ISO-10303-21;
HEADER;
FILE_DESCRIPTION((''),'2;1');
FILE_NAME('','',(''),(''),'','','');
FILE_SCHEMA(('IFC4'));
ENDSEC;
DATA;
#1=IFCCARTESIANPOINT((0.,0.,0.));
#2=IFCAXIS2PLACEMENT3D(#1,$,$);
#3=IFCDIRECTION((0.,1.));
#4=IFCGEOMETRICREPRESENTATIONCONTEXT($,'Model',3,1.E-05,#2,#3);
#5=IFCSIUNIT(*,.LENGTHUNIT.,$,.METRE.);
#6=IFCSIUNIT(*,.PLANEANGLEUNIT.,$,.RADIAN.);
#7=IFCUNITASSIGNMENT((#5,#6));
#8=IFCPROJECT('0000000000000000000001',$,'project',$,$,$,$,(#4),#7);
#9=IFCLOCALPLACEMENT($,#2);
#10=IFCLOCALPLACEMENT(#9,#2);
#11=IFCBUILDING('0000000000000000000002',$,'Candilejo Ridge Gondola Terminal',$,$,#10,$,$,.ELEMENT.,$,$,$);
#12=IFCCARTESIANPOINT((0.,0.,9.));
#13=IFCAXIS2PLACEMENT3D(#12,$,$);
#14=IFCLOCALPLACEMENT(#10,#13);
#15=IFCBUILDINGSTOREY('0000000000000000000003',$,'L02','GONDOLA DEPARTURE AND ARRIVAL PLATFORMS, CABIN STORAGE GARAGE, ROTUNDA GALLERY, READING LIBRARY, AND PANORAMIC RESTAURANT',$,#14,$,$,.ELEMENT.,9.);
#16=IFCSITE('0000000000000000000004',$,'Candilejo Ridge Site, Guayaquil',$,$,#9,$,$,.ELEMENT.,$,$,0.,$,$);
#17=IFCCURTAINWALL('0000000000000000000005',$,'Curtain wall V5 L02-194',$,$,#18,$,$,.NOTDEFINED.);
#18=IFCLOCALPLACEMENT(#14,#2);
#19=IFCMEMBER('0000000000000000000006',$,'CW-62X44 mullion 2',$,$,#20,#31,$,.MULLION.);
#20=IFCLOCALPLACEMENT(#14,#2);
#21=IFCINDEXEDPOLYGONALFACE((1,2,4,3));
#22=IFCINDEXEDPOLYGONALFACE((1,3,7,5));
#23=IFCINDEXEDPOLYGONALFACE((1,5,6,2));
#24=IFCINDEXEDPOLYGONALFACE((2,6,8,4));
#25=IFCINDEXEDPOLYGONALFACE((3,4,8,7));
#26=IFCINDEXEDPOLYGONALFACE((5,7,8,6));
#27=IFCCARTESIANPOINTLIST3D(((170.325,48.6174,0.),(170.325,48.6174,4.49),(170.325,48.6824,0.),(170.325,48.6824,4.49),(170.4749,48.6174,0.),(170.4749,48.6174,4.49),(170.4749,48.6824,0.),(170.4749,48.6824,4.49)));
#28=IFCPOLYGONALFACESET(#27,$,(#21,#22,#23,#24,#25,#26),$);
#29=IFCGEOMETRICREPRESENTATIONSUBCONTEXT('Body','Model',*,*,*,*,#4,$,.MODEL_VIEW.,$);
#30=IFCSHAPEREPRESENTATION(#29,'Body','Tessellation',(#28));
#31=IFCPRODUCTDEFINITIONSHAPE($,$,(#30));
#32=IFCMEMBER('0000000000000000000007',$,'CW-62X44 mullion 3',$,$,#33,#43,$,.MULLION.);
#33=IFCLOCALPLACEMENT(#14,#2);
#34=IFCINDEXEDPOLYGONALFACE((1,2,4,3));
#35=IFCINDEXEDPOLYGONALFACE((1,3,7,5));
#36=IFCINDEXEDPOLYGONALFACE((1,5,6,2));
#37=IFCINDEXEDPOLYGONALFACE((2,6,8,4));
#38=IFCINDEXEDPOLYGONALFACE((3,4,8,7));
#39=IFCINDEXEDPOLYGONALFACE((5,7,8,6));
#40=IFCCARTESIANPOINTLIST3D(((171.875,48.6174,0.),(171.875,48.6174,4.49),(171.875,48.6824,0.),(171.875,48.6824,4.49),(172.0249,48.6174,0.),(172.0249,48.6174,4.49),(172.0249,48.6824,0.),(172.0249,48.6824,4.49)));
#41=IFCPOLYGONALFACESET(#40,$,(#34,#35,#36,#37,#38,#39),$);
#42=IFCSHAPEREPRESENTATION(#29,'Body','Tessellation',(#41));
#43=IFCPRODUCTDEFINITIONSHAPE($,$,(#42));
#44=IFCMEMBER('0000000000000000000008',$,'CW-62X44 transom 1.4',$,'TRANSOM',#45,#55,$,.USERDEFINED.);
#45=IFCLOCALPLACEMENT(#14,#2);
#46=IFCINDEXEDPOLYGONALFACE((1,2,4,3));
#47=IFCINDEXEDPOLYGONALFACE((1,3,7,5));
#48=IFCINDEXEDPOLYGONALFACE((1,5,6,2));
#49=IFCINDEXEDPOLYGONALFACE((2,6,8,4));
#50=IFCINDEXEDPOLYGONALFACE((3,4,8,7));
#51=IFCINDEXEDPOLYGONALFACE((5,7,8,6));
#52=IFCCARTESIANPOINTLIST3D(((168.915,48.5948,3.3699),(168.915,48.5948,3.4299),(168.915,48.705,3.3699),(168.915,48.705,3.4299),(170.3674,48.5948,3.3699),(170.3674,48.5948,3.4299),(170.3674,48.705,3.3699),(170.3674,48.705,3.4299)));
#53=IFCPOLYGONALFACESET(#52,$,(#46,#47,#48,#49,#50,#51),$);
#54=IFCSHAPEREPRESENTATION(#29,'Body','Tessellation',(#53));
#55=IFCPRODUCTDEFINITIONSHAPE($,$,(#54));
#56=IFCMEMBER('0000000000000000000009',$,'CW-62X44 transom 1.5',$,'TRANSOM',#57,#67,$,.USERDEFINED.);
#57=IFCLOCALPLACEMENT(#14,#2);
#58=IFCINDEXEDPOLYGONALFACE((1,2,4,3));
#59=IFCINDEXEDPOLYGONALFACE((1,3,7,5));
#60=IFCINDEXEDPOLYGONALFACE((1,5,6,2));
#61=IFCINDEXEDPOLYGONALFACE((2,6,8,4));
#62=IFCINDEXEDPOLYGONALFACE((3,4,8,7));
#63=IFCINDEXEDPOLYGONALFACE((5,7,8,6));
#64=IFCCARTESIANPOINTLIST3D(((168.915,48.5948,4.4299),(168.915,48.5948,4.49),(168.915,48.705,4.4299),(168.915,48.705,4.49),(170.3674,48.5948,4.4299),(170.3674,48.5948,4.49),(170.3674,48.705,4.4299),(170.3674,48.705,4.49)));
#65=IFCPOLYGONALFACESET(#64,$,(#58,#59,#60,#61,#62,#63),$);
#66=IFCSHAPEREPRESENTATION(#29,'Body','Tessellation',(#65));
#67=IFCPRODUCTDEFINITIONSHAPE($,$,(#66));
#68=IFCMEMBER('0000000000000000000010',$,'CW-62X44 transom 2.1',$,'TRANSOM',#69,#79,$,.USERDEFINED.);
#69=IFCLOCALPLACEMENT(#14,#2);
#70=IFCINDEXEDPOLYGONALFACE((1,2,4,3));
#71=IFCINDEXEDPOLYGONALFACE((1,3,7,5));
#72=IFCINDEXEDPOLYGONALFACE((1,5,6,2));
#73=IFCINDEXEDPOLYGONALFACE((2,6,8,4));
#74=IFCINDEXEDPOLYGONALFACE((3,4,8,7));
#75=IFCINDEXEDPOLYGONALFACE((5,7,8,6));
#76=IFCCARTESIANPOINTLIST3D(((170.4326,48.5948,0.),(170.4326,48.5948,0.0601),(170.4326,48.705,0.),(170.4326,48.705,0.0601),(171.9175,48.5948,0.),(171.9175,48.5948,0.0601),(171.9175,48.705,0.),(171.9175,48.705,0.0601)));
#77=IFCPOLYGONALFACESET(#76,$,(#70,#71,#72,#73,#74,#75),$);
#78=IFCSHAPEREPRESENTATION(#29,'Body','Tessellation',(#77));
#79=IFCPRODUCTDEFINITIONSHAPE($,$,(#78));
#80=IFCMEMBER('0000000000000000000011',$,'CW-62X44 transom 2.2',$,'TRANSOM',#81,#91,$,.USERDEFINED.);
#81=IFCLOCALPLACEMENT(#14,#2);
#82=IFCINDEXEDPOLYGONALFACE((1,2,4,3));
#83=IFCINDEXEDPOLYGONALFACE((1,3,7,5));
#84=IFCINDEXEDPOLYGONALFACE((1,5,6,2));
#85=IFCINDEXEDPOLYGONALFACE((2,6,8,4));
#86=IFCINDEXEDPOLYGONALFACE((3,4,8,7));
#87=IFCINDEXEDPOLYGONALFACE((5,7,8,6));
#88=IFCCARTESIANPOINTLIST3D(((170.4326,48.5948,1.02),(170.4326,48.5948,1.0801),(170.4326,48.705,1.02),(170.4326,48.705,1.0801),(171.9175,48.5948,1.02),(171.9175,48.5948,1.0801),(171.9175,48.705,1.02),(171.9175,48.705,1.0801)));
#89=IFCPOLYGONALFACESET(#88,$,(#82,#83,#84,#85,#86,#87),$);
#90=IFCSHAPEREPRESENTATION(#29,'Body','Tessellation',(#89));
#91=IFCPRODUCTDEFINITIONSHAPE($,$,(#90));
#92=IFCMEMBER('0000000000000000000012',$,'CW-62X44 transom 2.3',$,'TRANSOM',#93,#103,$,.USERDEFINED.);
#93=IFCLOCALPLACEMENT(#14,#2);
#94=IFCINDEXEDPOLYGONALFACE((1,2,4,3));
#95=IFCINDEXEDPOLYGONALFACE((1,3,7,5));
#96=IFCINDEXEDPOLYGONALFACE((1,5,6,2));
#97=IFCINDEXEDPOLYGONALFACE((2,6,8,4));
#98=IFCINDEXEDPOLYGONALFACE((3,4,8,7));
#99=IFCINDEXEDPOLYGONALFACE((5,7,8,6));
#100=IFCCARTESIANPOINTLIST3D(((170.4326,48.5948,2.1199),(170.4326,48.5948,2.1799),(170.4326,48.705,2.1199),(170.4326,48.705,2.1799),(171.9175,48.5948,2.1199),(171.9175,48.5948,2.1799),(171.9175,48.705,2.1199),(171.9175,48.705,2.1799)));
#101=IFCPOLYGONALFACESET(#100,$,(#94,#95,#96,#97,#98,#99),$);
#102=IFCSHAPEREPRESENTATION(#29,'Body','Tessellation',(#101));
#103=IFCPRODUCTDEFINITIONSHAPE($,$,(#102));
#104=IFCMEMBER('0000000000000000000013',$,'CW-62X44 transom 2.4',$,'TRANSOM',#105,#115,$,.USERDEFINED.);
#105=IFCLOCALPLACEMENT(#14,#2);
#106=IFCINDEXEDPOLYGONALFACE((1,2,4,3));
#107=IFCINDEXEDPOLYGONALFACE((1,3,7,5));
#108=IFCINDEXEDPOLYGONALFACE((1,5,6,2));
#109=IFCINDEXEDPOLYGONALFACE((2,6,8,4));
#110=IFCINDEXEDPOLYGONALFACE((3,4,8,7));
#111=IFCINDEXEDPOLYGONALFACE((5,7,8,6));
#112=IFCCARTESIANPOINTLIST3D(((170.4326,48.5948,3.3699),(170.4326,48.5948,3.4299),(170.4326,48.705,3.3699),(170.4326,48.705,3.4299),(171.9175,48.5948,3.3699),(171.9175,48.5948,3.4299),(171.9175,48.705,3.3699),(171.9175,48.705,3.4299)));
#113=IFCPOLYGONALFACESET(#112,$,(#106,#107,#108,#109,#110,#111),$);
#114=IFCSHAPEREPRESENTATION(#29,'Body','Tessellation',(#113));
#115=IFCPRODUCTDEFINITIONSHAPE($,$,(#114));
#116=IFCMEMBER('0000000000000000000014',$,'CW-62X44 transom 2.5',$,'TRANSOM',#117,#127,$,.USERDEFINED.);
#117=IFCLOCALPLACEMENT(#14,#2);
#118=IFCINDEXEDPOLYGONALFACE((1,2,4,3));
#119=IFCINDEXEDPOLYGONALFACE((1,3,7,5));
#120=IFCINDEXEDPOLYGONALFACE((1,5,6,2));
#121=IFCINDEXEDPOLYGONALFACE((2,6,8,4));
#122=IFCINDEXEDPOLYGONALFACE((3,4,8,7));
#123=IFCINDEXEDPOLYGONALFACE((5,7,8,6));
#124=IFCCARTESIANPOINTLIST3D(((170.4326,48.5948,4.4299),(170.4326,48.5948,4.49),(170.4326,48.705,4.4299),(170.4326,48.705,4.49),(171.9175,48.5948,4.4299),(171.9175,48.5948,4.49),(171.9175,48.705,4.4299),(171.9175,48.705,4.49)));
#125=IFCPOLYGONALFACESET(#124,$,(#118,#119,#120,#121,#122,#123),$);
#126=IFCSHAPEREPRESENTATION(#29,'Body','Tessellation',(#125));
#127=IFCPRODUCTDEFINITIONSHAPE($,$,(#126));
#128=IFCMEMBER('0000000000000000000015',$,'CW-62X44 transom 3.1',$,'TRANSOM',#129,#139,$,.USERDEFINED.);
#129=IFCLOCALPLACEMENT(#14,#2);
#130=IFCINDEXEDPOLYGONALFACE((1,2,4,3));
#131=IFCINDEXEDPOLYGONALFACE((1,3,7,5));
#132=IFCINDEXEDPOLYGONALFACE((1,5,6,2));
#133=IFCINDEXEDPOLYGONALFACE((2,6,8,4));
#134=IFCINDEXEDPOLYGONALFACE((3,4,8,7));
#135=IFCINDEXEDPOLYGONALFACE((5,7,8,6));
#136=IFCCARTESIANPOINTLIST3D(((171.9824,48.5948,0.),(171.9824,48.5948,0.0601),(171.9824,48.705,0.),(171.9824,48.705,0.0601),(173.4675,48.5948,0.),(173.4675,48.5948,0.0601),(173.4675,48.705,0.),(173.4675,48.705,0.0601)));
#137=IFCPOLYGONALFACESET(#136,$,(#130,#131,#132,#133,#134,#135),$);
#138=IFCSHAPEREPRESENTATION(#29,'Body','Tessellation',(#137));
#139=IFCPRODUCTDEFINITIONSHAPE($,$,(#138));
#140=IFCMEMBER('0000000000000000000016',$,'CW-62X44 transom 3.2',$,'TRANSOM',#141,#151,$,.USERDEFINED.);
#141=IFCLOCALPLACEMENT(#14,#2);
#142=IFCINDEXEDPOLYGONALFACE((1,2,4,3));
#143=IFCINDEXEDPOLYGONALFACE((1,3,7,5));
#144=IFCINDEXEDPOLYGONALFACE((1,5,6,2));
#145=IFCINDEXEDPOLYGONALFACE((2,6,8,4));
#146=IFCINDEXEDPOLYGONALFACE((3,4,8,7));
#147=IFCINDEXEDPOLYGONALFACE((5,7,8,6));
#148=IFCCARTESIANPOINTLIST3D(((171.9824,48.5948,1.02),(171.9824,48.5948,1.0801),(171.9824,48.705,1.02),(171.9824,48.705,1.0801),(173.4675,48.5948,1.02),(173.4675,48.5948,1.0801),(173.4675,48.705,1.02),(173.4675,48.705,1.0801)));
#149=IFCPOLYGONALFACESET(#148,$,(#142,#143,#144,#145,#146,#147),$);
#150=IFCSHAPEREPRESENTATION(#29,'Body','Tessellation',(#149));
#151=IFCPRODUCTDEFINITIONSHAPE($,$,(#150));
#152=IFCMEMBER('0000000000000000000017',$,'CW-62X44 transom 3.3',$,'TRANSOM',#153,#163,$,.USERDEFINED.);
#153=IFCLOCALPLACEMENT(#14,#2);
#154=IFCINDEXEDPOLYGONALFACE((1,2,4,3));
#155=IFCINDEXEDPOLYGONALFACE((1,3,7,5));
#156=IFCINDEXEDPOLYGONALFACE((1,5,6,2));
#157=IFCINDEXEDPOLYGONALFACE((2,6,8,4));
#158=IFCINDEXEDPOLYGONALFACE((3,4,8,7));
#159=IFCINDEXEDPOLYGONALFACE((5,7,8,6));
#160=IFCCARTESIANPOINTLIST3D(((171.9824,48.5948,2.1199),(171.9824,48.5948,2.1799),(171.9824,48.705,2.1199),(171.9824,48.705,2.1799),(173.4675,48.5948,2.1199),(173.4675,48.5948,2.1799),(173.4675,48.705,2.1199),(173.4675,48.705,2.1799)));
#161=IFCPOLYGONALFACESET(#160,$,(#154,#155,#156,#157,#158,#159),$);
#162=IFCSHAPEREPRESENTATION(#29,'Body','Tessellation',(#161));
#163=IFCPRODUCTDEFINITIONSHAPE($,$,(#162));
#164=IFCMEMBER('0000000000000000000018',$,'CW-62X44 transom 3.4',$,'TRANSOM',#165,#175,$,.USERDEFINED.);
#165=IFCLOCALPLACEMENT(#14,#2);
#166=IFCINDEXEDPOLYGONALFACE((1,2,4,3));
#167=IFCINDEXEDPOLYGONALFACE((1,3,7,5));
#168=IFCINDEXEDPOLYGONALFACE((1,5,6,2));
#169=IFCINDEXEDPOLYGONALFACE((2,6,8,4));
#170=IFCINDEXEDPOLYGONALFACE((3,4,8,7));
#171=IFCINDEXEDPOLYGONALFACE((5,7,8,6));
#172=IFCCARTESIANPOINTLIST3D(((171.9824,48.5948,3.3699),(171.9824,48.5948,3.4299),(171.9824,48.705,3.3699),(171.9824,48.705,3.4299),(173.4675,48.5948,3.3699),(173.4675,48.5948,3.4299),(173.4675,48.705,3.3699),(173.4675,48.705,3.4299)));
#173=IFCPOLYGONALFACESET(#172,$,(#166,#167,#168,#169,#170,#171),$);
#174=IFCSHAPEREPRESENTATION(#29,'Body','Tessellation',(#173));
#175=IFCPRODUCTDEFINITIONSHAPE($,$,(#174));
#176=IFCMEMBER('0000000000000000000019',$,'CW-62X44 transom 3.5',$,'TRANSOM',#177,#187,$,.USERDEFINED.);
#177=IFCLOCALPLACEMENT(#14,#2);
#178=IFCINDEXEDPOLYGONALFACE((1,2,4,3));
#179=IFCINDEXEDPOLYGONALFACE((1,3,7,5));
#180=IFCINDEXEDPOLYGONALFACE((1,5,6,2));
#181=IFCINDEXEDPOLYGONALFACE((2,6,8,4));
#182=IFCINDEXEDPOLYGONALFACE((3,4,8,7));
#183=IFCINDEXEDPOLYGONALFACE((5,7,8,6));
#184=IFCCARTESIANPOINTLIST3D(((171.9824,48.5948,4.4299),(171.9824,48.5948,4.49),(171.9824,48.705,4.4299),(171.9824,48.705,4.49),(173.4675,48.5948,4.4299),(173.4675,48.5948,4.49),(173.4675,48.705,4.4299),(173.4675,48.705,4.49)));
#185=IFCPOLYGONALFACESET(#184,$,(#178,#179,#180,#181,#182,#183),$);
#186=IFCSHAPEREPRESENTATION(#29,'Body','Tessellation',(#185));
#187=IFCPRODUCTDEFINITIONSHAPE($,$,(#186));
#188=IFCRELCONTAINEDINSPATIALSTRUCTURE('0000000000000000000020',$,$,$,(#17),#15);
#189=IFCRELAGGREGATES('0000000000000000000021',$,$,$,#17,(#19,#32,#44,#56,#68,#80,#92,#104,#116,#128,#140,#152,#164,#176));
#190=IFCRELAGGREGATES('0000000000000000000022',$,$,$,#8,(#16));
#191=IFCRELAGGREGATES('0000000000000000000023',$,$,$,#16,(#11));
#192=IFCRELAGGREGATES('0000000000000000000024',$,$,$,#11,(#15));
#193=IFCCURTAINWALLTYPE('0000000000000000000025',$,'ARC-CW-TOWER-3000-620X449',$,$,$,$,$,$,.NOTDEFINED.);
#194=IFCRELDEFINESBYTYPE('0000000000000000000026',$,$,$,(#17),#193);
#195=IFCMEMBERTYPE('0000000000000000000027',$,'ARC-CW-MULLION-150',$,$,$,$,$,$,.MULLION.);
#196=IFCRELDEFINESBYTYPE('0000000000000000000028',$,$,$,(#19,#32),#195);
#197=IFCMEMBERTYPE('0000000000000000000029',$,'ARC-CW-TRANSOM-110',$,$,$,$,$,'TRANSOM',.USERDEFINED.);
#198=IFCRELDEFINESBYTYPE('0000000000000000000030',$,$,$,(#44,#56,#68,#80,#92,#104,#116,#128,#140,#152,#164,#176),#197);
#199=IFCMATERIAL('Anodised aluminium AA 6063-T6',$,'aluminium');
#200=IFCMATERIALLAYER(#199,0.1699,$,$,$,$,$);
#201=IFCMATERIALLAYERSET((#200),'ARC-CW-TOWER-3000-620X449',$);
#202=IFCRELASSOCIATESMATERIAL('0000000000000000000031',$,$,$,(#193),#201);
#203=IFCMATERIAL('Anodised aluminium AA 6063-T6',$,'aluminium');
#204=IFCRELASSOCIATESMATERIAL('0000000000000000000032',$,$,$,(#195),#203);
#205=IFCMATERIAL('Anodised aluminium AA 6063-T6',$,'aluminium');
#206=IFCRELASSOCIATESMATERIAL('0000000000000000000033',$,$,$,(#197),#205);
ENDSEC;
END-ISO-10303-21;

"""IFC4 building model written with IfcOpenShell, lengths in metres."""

from ifc_helpers import new_model, si_unit, direction, frame, origin, origin_2d, place, context, subcontext, project, spatial, rectangle, extrude, material, layer, layer_set, material_profile, profile_set, type_object, element, aggregate, save


model = new_model("IFC4")

# Units and contexts
model_context = context("Model", 3, precision=1e-05, world=origin(), true_north=direction((0.0, 1.0)))
body_context = subcontext(model_context, "Body", "Model", "MODEL_VIEW")
ifc_project = project(units=[si_unit("LENGTHUNIT", "METRE"), si_unit("PLANEANGLEUNIT", "RADIAN")], contexts=[model_context])

# Site, building, storey
site_placement = place(None, origin())
site = spatial("IfcSite", under=ifc_project, at=site_placement, Name="Candilejo Ridge Site, Guayaquil", CompositionType="ELEMENT", RefElevation=0.0)
building_placement = place(site_placement, origin())
building = spatial("IfcBuilding", under=site, at=building_placement, Name="Candilejo Ridge Gondola Terminal", CompositionType="ELEMENT")
storey_placement = place(building_placement, frame((0.0, 0.0, 9.0)))
storey = spatial("IfcBuildingStorey", under=building, at=storey_placement, Name="L02", Description="GONDOLA DEPARTURE AND ARRIVAL PLATFORMS, CABIN STORAGE GARAGE, ROTUNDA GALLERY, READING LIBRARY, AND PANORAMIC RESTAURANT", CompositionType="ELEMENT", Elevation=9.0)

# Curtain wall, members
ifc_material_1 = material(Name="Anodised aluminium AA 6063-T6", Category="aluminium")
ifc_layer_1 = layer(ifc_material_1, 0.1699)
ifc_layer_set_1 = layer_set([ifc_layer_1], Name="ARC-CW-TOWER-3000-620X449")
curtain_wall_type_1 = type_object("IfcCurtainWallType", Name="ARC-CW-TOWER-3000-620X449", PredefinedType="NOTDEFINED", material=ifc_layer_set_1)
curtain_wall_1_placement = place(storey_placement, origin())
curtain_wall_1 = element("IfcCurtainWall", 1, at=curtain_wall_1_placement, inside=storey, type_object=curtain_wall_type_1, Name="Curtain wall V5 L02-194", PredefinedType="NOTDEFINED")
ifc_material_2 = material(Name="Anodised aluminium AA 6063-T6", Category="aluminium")
ifc_material_profile_1 = material_profile(ifc_material_2, rectangle(XDim=0.0649, YDim=0.1499, at=origin_2d()))
ifc_profile_set_1 = profile_set([ifc_material_profile_1], Name="Anodised aluminium AA 6063-T6")
member_type_1 = type_object("IfcMemberType", Name="ARC-CW-MULLION-150", PredefinedType="MULLION", material=ifc_profile_set_1)
member_1_placement = place(storey_placement, frame((170.3999, 48.6499, 0.0), z_axis=(0.0, 0.0, 1.0), x_axis=(0.0, 1.0, 0.0)))
member_1 = element("IfcMember", 2, at=member_1_placement, type_object=member_type_1, Name="CW-62X44 mullion 2", PredefinedType="MULLION", context=body_context, shape_type="SweptSolid", body=[
    extrude(rectangle(XDim=0.0649, YDim=0.1499, at=origin_2d()), origin(), (0.0, 0.0, 1.0), 4.49),
])
member_2_placement = place(storey_placement, frame((171.95, 48.6499, 0.0), z_axis=(0.0, 0.0, 1.0), x_axis=(0.0, 1.0, 0.0)))
member_2 = element("IfcMember", 3, at=member_2_placement, type_object=member_type_1, Name="CW-62X44 mullion 3", PredefinedType="MULLION", context=body_context, shape_type="SweptSolid", body=[
    extrude(rectangle(XDim=0.0649, YDim=0.1499, at=origin_2d()), origin(), (0.0, 0.0, 1.0), 4.49),
])
ifc_material_3 = material(Name="Anodised aluminium AA 6063-T6", Category="aluminium")
ifc_material_profile_2 = material_profile(ifc_material_3, rectangle(XDim=0.1101, YDim=0.0601, at=origin_2d()))
ifc_profile_set_2 = profile_set([ifc_material_profile_2], Name="Anodised aluminium AA 6063-T6")
member_type_2 = type_object("IfcMemberType", Name="ARC-CW-TRANSOM-110", ElementType="TRANSOM", PredefinedType="USERDEFINED", material=ifc_profile_set_2)
member_3_placement = place(storey_placement, frame((168.915, 48.6499, 3.3999), z_axis=(1.0, 0.0, 0.0), x_axis=(0.0, 1.0, 0.0)))
member_3 = element("IfcMember", 4, at=member_3_placement, type_object=member_type_2, Name="CW-62X44 transom 1.4", ObjectType="TRANSOM", PredefinedType="USERDEFINED", context=body_context, shape_type="SweptSolid", body=[
    extrude(rectangle(XDim=0.1101, YDim=0.0601, at=origin_2d()), origin(), (0.0, 0.0, 1.0), 1.4524),
])
member_4_placement = place(storey_placement, frame((168.915, 48.6499, 4.46), z_axis=(1.0, 0.0, 0.0), x_axis=(0.0, 1.0, 0.0)))
member_4 = element("IfcMember", 5, at=member_4_placement, type_object=member_type_2, Name="CW-62X44 transom 1.5", ObjectType="TRANSOM", PredefinedType="USERDEFINED", context=body_context, shape_type="SweptSolid", body=[
    extrude(rectangle(XDim=0.1101, YDim=0.0601, at=origin_2d()), origin(), (0.0, 0.0, 1.0), 1.4524),
])
member_5_placement = place(storey_placement, frame((170.4326, 48.6499, 0.03), z_axis=(1.0, 0.0, 0.0), x_axis=(0.0, 1.0, 0.0)))
member_5 = element("IfcMember", 6, at=member_5_placement, type_object=member_type_2, Name="CW-62X44 transom 2.1", ObjectType="TRANSOM", PredefinedType="USERDEFINED", context=body_context, shape_type="SweptSolid", body=[
    extrude(rectangle(XDim=0.1101, YDim=0.0601, at=origin_2d()), origin(), (0.0, 0.0, 1.0), 1.4849),
])
member_6_placement = place(storey_placement, frame((170.4326, 48.6499, 1.05), z_axis=(1.0, 0.0, 0.0), x_axis=(0.0, 1.0, 0.0)))
member_6 = element("IfcMember", 7, at=member_6_placement, type_object=member_type_2, Name="CW-62X44 transom 2.2", ObjectType="TRANSOM", PredefinedType="USERDEFINED", context=body_context, shape_type="SweptSolid", body=[
    extrude(rectangle(XDim=0.1101, YDim=0.0601, at=origin_2d()), origin(), (0.0, 0.0, 1.0), 1.4849),
])
member_7_placement = place(storey_placement, frame((170.4326, 48.6499, 2.1499), z_axis=(1.0, 0.0, 0.0), x_axis=(0.0, 1.0, 0.0)))
member_7 = element("IfcMember", 8, at=member_7_placement, type_object=member_type_2, Name="CW-62X44 transom 2.3", ObjectType="TRANSOM", PredefinedType="USERDEFINED", context=body_context, shape_type="SweptSolid", body=[
    extrude(rectangle(XDim=0.1101, YDim=0.0601, at=origin_2d()), origin(), (0.0, 0.0, 1.0), 1.4849),
])
member_8_placement = place(storey_placement, frame((170.4326, 48.6499, 3.3999), z_axis=(1.0, 0.0, 0.0), x_axis=(0.0, 1.0, 0.0)))
member_8 = element("IfcMember", 9, at=member_8_placement, type_object=member_type_2, Name="CW-62X44 transom 2.4", ObjectType="TRANSOM", PredefinedType="USERDEFINED", context=body_context, shape_type="SweptSolid", body=[
    extrude(rectangle(XDim=0.1101, YDim=0.0601, at=origin_2d()), origin(), (0.0, 0.0, 1.0), 1.4849),
])
member_9_placement = place(storey_placement, frame((170.4326, 48.6499, 4.46), z_axis=(1.0, 0.0, 0.0), x_axis=(0.0, 1.0, 0.0)))
member_9 = element("IfcMember", 10, at=member_9_placement, type_object=member_type_2, Name="CW-62X44 transom 2.5", ObjectType="TRANSOM", PredefinedType="USERDEFINED", context=body_context, shape_type="SweptSolid", body=[
    extrude(rectangle(XDim=0.1101, YDim=0.0601, at=origin_2d()), origin(), (0.0, 0.0, 1.0), 1.4849),
])
member_10_placement = place(storey_placement, frame((171.9824, 48.6499, 0.03), z_axis=(1.0, 0.0, 0.0), x_axis=(0.0, 1.0, 0.0)))
member_10 = element("IfcMember", 11, at=member_10_placement, type_object=member_type_2, Name="CW-62X44 transom 3.1", ObjectType="TRANSOM", PredefinedType="USERDEFINED", context=body_context, shape_type="SweptSolid", body=[
    extrude(rectangle(XDim=0.1101, YDim=0.0601, at=origin_2d()), origin(), (0.0, 0.0, 1.0), 1.4851),
])
member_11_placement = place(storey_placement, frame((171.9824, 48.6499, 1.05), z_axis=(1.0, 0.0, 0.0), x_axis=(0.0, 1.0, 0.0)))
member_11 = element("IfcMember", 12, at=member_11_placement, type_object=member_type_2, Name="CW-62X44 transom 3.2", ObjectType="TRANSOM", PredefinedType="USERDEFINED", context=body_context, shape_type="SweptSolid", body=[
    extrude(rectangle(XDim=0.1101, YDim=0.0601, at=origin_2d()), origin(), (0.0, 0.0, 1.0), 1.4851),
])
member_12_placement = place(storey_placement, frame((171.9824, 48.6499, 2.1499), z_axis=(1.0, 0.0, 0.0), x_axis=(0.0, 1.0, 0.0)))
member_12 = element("IfcMember", 13, at=member_12_placement, type_object=member_type_2, Name="CW-62X44 transom 3.3", ObjectType="TRANSOM", PredefinedType="USERDEFINED", context=body_context, shape_type="SweptSolid", body=[
    extrude(rectangle(XDim=0.1101, YDim=0.0601, at=origin_2d()), origin(), (0.0, 0.0, 1.0), 1.4851),
])
member_13_placement = place(storey_placement, frame((171.9824, 48.6499, 3.3999), z_axis=(1.0, 0.0, 0.0), x_axis=(0.0, 1.0, 0.0)))
member_13 = element("IfcMember", 14, at=member_13_placement, type_object=member_type_2, Name="CW-62X44 transom 3.4", ObjectType="TRANSOM", PredefinedType="USERDEFINED", context=body_context, shape_type="SweptSolid", body=[
    extrude(rectangle(XDim=0.1101, YDim=0.0601, at=origin_2d()), origin(), (0.0, 0.0, 1.0), 1.4851),
])
member_14_placement = place(storey_placement, frame((171.9824, 48.6499, 4.46), z_axis=(1.0, 0.0, 0.0), x_axis=(0.0, 1.0, 0.0)))
member_14 = element("IfcMember", 15, at=member_14_placement, type_object=member_type_2, Name="CW-62X44 transom 3.5", ObjectType="TRANSOM", PredefinedType="USERDEFINED", context=body_context, shape_type="SweptSolid", body=[
    extrude(rectangle(XDim=0.1101, YDim=0.0601, at=origin_2d()), origin(), (0.0, 0.0, 1.0), 1.4851),
])

aggregate(curtain_wall_1, [member_1, member_2, member_3, member_4, member_5, member_6, member_7, member_8, member_9, member_10, member_11, member_12, member_13, member_14])

save(model, "model.ifc")
